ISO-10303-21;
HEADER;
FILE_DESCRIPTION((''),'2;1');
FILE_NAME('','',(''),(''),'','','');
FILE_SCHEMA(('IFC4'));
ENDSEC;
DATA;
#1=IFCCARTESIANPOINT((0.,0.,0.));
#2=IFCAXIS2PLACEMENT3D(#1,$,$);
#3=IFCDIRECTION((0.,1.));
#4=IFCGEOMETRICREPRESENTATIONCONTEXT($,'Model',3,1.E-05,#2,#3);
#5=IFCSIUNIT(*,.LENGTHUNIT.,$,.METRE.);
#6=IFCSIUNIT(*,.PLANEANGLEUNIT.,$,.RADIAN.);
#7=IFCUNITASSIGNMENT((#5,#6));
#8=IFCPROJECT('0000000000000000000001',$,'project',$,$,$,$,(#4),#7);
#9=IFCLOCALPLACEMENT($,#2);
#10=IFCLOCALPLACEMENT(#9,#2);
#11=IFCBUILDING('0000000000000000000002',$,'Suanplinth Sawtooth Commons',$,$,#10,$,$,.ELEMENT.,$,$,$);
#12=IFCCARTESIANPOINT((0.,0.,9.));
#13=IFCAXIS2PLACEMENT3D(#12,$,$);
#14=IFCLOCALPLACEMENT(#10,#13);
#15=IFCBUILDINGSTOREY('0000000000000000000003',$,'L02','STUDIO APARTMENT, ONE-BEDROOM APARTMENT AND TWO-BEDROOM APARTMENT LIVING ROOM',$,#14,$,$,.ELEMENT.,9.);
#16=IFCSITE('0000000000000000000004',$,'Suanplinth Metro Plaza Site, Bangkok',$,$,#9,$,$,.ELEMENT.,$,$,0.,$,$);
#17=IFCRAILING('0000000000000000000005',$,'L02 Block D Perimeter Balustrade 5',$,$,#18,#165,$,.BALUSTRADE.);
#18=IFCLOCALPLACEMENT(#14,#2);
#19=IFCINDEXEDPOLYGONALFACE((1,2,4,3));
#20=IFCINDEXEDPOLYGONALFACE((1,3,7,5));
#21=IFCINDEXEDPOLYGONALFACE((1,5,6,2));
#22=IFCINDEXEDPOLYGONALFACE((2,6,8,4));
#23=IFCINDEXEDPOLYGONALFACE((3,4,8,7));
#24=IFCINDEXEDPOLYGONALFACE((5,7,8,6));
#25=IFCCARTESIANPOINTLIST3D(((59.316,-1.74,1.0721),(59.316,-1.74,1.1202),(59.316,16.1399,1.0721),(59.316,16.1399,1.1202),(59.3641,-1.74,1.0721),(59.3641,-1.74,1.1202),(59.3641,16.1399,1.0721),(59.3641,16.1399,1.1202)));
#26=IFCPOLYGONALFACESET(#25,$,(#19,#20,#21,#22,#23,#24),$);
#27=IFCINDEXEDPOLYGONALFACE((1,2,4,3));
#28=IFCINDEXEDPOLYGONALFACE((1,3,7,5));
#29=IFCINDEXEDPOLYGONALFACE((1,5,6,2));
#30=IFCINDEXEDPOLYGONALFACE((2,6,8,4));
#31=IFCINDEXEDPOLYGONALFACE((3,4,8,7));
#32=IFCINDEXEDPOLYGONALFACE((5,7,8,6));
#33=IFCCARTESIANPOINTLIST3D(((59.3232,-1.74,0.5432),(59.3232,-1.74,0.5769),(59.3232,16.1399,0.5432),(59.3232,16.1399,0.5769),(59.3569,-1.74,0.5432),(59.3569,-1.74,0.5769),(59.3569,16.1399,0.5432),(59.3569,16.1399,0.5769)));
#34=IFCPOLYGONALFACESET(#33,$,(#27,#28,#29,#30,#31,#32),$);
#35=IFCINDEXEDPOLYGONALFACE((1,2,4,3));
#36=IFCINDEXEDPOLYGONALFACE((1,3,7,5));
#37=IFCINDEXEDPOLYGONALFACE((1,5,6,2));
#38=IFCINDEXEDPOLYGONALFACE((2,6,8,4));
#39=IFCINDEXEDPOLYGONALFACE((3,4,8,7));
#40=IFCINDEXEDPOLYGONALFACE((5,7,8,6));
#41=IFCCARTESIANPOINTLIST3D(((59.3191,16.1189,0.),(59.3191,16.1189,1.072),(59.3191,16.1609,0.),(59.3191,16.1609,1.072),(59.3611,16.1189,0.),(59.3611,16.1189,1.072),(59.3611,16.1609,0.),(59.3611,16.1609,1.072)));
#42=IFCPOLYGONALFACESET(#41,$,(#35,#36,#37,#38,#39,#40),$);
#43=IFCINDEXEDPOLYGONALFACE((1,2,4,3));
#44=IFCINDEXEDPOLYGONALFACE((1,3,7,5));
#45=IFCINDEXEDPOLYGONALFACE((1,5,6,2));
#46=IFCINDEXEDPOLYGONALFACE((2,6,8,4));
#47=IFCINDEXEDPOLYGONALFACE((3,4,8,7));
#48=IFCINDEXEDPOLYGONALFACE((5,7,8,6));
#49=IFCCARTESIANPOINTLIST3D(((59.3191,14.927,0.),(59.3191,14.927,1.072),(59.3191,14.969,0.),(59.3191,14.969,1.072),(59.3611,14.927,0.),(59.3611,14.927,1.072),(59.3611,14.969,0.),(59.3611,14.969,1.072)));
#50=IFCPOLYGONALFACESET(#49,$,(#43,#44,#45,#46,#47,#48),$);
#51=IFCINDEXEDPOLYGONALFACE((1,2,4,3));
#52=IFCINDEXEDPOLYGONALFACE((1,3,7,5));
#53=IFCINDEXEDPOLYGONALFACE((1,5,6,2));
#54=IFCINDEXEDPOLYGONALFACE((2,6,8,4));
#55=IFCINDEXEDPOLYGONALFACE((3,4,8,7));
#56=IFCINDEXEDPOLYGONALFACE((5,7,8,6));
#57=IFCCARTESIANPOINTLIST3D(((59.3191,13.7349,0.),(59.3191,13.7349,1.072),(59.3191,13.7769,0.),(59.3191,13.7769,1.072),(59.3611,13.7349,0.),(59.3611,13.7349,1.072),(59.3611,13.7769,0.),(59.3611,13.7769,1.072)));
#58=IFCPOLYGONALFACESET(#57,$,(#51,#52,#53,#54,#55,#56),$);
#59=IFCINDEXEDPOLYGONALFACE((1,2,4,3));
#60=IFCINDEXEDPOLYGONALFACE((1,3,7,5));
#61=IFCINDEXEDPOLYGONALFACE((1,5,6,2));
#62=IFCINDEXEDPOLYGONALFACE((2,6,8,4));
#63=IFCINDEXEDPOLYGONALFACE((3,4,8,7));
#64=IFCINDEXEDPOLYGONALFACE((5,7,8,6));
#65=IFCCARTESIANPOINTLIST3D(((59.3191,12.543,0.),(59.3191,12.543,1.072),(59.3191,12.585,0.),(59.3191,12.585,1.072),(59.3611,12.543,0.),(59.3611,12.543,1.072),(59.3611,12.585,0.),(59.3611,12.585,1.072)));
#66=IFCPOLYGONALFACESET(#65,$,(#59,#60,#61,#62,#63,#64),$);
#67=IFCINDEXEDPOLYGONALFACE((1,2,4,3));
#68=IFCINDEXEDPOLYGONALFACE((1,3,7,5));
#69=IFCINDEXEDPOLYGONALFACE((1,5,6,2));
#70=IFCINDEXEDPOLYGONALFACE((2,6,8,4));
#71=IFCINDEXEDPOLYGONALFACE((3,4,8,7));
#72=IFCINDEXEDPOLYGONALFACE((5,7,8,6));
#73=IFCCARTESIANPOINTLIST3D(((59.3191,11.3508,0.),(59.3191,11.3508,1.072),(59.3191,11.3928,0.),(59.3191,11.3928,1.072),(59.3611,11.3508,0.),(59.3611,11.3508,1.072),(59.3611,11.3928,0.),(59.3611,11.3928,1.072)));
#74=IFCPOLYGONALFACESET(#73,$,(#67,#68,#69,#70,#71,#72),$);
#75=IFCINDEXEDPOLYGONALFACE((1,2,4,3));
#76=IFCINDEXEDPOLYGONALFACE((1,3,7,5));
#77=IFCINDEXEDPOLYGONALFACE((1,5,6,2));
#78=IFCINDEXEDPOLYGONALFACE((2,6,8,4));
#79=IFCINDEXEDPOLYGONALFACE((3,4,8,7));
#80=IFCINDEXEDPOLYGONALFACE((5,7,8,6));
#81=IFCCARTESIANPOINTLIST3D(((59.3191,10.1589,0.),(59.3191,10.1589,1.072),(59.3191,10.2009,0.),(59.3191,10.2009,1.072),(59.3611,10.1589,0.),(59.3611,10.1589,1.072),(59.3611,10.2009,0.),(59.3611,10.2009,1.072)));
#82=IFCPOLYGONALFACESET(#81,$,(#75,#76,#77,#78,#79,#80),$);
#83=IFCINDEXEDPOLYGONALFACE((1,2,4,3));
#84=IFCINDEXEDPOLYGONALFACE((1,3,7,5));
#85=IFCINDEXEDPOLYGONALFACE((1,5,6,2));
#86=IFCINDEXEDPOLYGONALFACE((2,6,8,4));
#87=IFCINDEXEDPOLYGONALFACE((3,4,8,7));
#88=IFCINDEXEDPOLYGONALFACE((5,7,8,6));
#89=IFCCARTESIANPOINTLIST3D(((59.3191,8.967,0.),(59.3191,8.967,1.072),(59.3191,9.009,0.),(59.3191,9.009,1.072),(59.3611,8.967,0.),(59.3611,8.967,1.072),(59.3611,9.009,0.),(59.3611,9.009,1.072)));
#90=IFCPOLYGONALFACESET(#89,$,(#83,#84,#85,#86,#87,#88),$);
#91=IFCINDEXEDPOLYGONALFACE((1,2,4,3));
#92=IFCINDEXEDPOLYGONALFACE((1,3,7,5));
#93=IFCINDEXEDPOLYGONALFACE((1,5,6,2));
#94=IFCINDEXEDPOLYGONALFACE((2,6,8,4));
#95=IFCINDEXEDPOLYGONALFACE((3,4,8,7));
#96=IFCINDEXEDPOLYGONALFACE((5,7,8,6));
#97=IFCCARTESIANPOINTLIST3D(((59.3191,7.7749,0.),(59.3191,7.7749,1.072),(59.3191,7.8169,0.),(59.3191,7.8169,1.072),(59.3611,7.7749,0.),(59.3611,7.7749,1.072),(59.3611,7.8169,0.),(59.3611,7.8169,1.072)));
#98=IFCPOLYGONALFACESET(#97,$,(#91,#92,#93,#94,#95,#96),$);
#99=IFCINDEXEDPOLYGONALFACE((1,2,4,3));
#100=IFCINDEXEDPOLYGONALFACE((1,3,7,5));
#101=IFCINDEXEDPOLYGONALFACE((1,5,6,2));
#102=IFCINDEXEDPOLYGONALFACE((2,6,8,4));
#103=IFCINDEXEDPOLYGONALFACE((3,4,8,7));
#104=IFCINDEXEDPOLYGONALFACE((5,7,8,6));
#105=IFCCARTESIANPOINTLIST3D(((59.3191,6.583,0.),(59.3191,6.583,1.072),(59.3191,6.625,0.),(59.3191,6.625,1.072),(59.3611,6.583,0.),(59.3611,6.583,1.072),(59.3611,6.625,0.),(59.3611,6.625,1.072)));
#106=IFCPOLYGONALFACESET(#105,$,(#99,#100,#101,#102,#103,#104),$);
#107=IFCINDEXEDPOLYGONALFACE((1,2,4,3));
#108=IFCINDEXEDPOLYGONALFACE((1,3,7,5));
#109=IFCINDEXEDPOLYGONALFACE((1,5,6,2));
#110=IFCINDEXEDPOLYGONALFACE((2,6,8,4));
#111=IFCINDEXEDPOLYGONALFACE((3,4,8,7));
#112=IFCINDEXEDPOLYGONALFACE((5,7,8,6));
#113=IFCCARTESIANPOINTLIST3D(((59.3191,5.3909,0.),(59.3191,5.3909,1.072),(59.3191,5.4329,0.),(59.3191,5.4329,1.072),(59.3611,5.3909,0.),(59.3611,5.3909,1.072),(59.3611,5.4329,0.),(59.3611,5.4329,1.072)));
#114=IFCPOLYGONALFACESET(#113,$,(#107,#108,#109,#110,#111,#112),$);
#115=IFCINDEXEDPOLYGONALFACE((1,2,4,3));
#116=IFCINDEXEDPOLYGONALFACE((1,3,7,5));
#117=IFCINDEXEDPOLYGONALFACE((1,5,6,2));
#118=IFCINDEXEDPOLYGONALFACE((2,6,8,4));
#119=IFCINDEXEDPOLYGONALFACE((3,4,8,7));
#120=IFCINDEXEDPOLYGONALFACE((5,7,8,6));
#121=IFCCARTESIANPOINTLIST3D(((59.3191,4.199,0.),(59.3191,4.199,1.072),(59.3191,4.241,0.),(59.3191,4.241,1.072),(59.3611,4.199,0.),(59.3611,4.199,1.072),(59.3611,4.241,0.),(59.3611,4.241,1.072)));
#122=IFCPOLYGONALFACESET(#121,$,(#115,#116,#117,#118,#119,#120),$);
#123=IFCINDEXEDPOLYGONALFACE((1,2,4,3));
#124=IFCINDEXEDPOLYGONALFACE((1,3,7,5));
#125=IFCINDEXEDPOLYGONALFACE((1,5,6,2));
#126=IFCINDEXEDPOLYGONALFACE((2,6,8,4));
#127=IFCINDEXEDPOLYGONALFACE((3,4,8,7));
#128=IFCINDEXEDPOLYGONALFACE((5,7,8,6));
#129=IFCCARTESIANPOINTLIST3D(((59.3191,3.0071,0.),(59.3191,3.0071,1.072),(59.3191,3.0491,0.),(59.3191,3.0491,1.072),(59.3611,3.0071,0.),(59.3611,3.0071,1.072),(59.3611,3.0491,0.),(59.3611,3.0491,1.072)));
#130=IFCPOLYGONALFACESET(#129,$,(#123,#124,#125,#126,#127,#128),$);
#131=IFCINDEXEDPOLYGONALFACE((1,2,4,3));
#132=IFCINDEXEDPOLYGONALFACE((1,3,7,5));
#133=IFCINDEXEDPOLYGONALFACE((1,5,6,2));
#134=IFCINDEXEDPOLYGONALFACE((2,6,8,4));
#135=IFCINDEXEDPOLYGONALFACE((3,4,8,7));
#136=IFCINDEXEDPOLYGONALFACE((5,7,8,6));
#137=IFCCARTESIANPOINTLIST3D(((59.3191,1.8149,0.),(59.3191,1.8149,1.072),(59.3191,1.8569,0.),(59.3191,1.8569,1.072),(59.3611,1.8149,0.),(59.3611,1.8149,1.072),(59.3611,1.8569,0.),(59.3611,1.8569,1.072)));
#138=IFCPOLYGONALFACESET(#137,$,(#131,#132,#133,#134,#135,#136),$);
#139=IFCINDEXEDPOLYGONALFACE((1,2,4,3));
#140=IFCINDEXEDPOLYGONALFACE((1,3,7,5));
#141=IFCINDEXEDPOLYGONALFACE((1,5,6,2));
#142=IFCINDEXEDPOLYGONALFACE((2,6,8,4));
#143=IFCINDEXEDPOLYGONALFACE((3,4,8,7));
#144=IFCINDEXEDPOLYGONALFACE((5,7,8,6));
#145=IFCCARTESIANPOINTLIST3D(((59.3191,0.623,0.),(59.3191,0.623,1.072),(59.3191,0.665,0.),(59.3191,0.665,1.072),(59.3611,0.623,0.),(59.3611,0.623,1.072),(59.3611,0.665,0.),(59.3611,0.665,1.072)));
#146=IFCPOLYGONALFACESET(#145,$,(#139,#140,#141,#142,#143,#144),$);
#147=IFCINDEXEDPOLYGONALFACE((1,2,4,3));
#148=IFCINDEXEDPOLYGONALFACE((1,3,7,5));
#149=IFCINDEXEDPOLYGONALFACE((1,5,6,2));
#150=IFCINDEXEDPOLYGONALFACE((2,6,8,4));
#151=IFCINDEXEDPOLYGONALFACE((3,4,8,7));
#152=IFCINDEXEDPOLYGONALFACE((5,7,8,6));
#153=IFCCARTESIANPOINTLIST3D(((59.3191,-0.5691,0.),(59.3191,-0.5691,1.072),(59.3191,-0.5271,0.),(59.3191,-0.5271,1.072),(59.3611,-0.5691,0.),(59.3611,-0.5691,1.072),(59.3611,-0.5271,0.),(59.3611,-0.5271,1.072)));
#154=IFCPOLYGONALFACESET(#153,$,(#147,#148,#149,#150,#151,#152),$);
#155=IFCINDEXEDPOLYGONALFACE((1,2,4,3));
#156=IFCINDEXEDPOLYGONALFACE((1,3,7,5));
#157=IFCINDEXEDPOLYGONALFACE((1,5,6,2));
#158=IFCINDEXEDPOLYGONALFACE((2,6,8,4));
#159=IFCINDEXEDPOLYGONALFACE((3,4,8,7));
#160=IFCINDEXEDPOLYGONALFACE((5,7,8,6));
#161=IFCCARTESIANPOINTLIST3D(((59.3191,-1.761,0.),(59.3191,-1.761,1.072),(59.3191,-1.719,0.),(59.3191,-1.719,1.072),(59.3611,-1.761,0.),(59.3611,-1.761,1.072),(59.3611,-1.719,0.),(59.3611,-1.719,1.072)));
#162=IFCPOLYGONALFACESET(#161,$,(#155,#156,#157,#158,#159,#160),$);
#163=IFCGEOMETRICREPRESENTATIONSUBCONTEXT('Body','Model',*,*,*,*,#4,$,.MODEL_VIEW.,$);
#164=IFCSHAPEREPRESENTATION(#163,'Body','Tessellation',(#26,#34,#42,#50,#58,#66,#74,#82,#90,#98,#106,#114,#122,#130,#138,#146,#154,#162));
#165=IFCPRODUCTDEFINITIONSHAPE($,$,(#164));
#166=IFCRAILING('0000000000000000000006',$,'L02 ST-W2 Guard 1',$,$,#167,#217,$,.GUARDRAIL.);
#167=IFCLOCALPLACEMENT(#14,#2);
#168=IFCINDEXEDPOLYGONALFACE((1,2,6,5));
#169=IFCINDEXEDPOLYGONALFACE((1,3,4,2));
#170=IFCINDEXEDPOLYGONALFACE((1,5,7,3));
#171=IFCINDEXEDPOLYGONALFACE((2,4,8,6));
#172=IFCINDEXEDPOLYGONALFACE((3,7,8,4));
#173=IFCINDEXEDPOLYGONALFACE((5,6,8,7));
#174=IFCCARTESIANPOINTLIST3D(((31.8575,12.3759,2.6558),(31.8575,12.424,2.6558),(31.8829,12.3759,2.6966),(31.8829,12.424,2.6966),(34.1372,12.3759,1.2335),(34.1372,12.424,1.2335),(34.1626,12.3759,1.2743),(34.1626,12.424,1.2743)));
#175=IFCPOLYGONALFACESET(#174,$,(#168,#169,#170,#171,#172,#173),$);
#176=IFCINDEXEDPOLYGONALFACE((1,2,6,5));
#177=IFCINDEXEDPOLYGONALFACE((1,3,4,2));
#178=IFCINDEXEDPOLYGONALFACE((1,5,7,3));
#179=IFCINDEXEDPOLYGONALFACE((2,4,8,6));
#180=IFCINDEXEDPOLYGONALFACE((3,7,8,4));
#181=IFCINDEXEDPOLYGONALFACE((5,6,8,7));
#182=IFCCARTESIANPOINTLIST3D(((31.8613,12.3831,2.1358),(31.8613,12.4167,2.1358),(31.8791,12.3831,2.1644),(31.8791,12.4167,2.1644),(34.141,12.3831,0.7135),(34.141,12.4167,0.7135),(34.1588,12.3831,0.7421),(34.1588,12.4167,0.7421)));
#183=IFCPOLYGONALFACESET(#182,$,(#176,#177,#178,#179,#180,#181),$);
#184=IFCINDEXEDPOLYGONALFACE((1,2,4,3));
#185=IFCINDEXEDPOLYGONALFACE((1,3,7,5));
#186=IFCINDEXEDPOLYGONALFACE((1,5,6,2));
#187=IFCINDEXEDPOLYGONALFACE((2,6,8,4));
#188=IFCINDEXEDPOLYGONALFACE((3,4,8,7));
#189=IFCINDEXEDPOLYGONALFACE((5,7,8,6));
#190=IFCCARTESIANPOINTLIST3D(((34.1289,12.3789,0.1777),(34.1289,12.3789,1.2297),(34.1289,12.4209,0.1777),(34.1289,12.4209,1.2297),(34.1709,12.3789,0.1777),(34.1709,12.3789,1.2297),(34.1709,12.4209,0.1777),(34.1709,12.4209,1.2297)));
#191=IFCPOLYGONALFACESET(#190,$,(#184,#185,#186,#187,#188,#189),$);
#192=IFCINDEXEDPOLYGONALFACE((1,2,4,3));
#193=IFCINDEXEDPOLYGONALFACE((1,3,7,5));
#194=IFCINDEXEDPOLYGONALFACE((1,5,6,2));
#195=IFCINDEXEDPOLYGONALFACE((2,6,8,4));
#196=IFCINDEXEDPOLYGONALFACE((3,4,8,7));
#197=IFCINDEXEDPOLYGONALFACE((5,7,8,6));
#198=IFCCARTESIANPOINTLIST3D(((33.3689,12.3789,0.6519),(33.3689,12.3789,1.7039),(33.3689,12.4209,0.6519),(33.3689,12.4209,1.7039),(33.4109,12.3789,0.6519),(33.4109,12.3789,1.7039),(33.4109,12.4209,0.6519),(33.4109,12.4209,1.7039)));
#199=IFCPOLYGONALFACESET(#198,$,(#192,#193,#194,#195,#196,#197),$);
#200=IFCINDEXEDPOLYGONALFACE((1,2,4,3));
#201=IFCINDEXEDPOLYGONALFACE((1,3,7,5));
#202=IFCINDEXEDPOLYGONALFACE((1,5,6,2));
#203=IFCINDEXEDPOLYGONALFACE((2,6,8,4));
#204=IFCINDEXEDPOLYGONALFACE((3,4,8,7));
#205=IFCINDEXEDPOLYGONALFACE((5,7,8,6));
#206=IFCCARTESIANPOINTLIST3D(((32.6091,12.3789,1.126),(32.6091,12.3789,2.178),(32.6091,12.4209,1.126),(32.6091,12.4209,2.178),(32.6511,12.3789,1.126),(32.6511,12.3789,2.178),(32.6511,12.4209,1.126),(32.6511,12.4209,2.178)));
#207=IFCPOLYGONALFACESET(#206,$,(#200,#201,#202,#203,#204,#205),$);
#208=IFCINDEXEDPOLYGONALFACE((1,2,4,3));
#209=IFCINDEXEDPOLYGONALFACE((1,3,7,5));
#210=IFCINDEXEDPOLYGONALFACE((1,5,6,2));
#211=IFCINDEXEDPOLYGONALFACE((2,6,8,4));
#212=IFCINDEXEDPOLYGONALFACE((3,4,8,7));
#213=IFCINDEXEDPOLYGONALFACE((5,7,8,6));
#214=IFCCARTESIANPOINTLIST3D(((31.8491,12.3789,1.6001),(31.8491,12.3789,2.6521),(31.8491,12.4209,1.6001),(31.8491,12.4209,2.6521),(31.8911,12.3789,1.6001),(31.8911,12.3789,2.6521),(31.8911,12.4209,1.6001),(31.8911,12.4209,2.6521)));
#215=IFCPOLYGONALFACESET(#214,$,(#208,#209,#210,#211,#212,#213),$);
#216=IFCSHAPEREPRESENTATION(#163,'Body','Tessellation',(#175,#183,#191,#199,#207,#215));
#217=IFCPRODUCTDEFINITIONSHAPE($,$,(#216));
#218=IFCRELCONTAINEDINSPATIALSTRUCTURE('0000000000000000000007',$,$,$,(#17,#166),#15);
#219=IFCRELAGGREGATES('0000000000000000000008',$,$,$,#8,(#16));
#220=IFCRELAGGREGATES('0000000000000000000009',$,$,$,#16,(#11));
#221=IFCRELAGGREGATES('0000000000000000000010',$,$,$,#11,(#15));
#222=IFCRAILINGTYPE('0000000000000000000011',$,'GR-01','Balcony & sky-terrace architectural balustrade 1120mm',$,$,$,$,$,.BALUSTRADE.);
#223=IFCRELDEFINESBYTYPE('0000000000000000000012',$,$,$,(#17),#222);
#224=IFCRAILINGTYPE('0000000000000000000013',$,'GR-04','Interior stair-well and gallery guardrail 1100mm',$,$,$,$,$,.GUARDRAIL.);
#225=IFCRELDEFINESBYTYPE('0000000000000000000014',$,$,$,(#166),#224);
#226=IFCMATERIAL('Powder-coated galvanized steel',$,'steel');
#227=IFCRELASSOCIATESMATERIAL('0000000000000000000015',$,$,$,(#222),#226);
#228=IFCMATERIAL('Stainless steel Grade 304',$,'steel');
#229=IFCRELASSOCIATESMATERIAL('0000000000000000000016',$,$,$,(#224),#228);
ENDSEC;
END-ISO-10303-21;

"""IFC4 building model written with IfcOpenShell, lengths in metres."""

from ifc_helpers import new_model, si_unit, direction, frame, origin, origin_2d, place, context, subcontext, project, spatial, rectangle, extrude, material, type_object, element, save


model = new_model("IFC4")

# Units and contexts
model_context = context("Model", 3, precision=1e-05, world=origin(), true_north=direction((0.0, 1.0)))
body_context = subcontext(model_context, "Body", "Model", "MODEL_VIEW")
ifc_project = project(units=[si_unit("LENGTHUNIT", "METRE"), si_unit("PLANEANGLEUNIT", "RADIAN")], contexts=[model_context])

# Site, building, storey
site_placement = place(None, origin())
site = spatial("IfcSite", under=ifc_project, at=site_placement, Name="Suanplinth Metro Plaza Site, Bangkok", CompositionType="ELEMENT", RefElevation=0.0)
building_placement = place(site_placement, origin())
building = spatial("IfcBuilding", under=site, at=building_placement, Name="Suanplinth Sawtooth Commons", CompositionType="ELEMENT")
storey_placement = place(building_placement, frame((0.0, 0.0, 9.0)))
storey = spatial("IfcBuildingStorey", under=building, at=storey_placement, Name="L02", Description="STUDIO APARTMENT, ONE-BEDROOM APARTMENT AND TWO-BEDROOM APARTMENT LIVING ROOM", CompositionType="ELEMENT", Elevation=9.0)

# Railings
ifc_material_1 = material(Name="Powder-coated galvanized steel", Category="steel")
railing_type_1 = type_object("IfcRailingType", Name="GR-01", Description="Balcony & sky-terrace architectural balustrade 1120mm", PredefinedType="BALUSTRADE", material=ifc_material_1)
railing_1_placement = place(storey_placement, frame((59.3401, 16.1399, 0.0)))
element("IfcRailing", 1, at=railing_1_placement, inside=storey, type_object=railing_type_1, Name="L02 Block D Perimeter Balustrade 5", PredefinedType="BALUSTRADE", context=body_context, shape_type="SweptSolid", body=[
    extrude(rectangle(XDim=0.0481, YDim=0.0481, at=origin_2d()), frame((0.0, 0.0, 1.0962), z_axis=(0.0, -1.0, 0.0), x_axis=(1.0, 0.0, 0.0)), (0.0, 0.0, 1.0), 17.8799),
    extrude(rectangle(XDim=0.0337, YDim=0.0337, at=origin_2d()), frame((0.0, 0.0, 0.5601), z_axis=(0.0, -1.0, 0.0), x_axis=(1.0, 0.0, 0.0)), (0.0, 0.0, 1.0), 17.8799),
    extrude(rectangle(XDim=0.042, YDim=0.042, at=origin_2d()), origin(), (0.0, 0.0, 1.0), 1.072),
    extrude(rectangle(XDim=0.042, YDim=0.042, at=origin_2d()), frame((0.0, -1.1919, 0.0)), (0.0, 0.0, 1.0), 1.072),
    extrude(rectangle(XDim=0.042, YDim=0.042, at=origin_2d()), frame((0.0, -2.384, 0.0)), (0.0, 0.0, 1.0), 1.072),
    extrude(rectangle(XDim=0.042, YDim=0.042, at=origin_2d()), frame((0.0, -3.5759, 0.0)), (0.0, 0.0, 1.0), 1.072),
    extrude(rectangle(XDim=0.042, YDim=0.042, at=origin_2d()), frame((0.0, -4.7681, 0.0)), (0.0, 0.0, 1.0), 1.072),
    extrude(rectangle(XDim=0.042, YDim=0.042, at=origin_2d()), frame((0.0, -5.96, 0.0)), (0.0, 0.0, 1.0), 1.072),
    extrude(rectangle(XDim=0.042, YDim=0.042, at=origin_2d()), frame((0.0, -7.1519, 0.0)), (0.0, 0.0, 1.0), 1.072),
    extrude(rectangle(XDim=0.042, YDim=0.042, at=origin_2d()), frame((0.0, -8.344, 0.0)), (0.0, 0.0, 1.0), 1.072),
    extrude(rectangle(XDim=0.042, YDim=0.042, at=origin_2d()), frame((0.0, -9.5359, 0.0)), (0.0, 0.0, 1.0), 1.072),
    extrude(rectangle(XDim=0.042, YDim=0.042, at=origin_2d()), frame((0.0, -10.728, 0.0)), (0.0, 0.0, 1.0), 1.072),
    extrude(rectangle(XDim=0.042, YDim=0.042, at=origin_2d()), frame((0.0, -11.9199, 0.0)), (0.0, 0.0, 1.0), 1.072),
    extrude(rectangle(XDim=0.042, YDim=0.042, at=origin_2d()), frame((0.0, -13.1118, 0.0)), (0.0, 0.0, 1.0), 1.072),
    extrude(rectangle(XDim=0.042, YDim=0.042, at=origin_2d()), frame((0.0, -14.304, 0.0)), (0.0, 0.0, 1.0), 1.072),
    extrude(rectangle(XDim=0.042, YDim=0.042, at=origin_2d()), frame((0.0, -15.4958, 0.0)), (0.0, 0.0, 1.0), 1.072),
    extrude(rectangle(XDim=0.042, YDim=0.042, at=origin_2d()), frame((0.0, -16.688, 0.0)), (0.0, 0.0, 1.0), 1.072),
    extrude(rectangle(XDim=0.042, YDim=0.042, at=origin_2d()), frame((0.0, -17.8799, 0.0)), (0.0, 0.0, 1.0), 1.072),
])
ifc_material_2 = material(Name="Stainless steel Grade 304", Category="steel")
railing_type_2 = type_object("IfcRailingType", Name="GR-04", Description="Interior stair-well and gallery guardrail 1100mm", PredefinedType="GUARDRAIL", material=ifc_material_2)
railing_2_placement = place(storey_placement, frame((34.1499, 12.3999, 0.1777)))
element("IfcRailing", 2, at=railing_2_placement, inside=storey, type_object=railing_type_2, Name="L02 ST-W2 Guard 1", PredefinedType="GUARDRAIL", context=body_context, shape_type="SweptSolid", body=[
    extrude(rectangle(XDim=0.0481, YDim=0.0481, at=origin_2d()), frame((0.0, 0.0, 1.0762), z_axis=(-0.848417, 0.0, 0.529329), x_axis=(0.0, -1.0, 0.0)), (0.0, 0.0, 1.0), 2.687),
    extrude(rectangle(XDim=0.0337, YDim=0.0337, at=origin_2d()), frame((0.0, 0.0, 0.55), z_axis=(-0.848417, 0.0, 0.529329), x_axis=(0.0, -1.0, 0.0)), (0.0, 0.0, 1.0), 2.687),
    extrude(rectangle(XDim=0.042, YDim=0.042, at=origin_2d()), origin(), (0.0, 0.0, 1.0), 1.052),
    extrude(rectangle(XDim=0.042, YDim=0.042, at=origin_2d()), frame((-0.76, 0.0, 0.4741)), (0.0, 0.0, 1.0), 1.052),
    extrude(rectangle(XDim=0.042, YDim=0.042, at=origin_2d()), frame((-1.5198, 0.0, 0.9482)), (0.0, 0.0, 1.0), 1.052),
    extrude(rectangle(XDim=0.042, YDim=0.042, at=origin_2d()), frame((-2.2798, 0.0, 1.4224)), (0.0, 0.0, 1.0), 1.052),
])

save(model, "model.ifc")
